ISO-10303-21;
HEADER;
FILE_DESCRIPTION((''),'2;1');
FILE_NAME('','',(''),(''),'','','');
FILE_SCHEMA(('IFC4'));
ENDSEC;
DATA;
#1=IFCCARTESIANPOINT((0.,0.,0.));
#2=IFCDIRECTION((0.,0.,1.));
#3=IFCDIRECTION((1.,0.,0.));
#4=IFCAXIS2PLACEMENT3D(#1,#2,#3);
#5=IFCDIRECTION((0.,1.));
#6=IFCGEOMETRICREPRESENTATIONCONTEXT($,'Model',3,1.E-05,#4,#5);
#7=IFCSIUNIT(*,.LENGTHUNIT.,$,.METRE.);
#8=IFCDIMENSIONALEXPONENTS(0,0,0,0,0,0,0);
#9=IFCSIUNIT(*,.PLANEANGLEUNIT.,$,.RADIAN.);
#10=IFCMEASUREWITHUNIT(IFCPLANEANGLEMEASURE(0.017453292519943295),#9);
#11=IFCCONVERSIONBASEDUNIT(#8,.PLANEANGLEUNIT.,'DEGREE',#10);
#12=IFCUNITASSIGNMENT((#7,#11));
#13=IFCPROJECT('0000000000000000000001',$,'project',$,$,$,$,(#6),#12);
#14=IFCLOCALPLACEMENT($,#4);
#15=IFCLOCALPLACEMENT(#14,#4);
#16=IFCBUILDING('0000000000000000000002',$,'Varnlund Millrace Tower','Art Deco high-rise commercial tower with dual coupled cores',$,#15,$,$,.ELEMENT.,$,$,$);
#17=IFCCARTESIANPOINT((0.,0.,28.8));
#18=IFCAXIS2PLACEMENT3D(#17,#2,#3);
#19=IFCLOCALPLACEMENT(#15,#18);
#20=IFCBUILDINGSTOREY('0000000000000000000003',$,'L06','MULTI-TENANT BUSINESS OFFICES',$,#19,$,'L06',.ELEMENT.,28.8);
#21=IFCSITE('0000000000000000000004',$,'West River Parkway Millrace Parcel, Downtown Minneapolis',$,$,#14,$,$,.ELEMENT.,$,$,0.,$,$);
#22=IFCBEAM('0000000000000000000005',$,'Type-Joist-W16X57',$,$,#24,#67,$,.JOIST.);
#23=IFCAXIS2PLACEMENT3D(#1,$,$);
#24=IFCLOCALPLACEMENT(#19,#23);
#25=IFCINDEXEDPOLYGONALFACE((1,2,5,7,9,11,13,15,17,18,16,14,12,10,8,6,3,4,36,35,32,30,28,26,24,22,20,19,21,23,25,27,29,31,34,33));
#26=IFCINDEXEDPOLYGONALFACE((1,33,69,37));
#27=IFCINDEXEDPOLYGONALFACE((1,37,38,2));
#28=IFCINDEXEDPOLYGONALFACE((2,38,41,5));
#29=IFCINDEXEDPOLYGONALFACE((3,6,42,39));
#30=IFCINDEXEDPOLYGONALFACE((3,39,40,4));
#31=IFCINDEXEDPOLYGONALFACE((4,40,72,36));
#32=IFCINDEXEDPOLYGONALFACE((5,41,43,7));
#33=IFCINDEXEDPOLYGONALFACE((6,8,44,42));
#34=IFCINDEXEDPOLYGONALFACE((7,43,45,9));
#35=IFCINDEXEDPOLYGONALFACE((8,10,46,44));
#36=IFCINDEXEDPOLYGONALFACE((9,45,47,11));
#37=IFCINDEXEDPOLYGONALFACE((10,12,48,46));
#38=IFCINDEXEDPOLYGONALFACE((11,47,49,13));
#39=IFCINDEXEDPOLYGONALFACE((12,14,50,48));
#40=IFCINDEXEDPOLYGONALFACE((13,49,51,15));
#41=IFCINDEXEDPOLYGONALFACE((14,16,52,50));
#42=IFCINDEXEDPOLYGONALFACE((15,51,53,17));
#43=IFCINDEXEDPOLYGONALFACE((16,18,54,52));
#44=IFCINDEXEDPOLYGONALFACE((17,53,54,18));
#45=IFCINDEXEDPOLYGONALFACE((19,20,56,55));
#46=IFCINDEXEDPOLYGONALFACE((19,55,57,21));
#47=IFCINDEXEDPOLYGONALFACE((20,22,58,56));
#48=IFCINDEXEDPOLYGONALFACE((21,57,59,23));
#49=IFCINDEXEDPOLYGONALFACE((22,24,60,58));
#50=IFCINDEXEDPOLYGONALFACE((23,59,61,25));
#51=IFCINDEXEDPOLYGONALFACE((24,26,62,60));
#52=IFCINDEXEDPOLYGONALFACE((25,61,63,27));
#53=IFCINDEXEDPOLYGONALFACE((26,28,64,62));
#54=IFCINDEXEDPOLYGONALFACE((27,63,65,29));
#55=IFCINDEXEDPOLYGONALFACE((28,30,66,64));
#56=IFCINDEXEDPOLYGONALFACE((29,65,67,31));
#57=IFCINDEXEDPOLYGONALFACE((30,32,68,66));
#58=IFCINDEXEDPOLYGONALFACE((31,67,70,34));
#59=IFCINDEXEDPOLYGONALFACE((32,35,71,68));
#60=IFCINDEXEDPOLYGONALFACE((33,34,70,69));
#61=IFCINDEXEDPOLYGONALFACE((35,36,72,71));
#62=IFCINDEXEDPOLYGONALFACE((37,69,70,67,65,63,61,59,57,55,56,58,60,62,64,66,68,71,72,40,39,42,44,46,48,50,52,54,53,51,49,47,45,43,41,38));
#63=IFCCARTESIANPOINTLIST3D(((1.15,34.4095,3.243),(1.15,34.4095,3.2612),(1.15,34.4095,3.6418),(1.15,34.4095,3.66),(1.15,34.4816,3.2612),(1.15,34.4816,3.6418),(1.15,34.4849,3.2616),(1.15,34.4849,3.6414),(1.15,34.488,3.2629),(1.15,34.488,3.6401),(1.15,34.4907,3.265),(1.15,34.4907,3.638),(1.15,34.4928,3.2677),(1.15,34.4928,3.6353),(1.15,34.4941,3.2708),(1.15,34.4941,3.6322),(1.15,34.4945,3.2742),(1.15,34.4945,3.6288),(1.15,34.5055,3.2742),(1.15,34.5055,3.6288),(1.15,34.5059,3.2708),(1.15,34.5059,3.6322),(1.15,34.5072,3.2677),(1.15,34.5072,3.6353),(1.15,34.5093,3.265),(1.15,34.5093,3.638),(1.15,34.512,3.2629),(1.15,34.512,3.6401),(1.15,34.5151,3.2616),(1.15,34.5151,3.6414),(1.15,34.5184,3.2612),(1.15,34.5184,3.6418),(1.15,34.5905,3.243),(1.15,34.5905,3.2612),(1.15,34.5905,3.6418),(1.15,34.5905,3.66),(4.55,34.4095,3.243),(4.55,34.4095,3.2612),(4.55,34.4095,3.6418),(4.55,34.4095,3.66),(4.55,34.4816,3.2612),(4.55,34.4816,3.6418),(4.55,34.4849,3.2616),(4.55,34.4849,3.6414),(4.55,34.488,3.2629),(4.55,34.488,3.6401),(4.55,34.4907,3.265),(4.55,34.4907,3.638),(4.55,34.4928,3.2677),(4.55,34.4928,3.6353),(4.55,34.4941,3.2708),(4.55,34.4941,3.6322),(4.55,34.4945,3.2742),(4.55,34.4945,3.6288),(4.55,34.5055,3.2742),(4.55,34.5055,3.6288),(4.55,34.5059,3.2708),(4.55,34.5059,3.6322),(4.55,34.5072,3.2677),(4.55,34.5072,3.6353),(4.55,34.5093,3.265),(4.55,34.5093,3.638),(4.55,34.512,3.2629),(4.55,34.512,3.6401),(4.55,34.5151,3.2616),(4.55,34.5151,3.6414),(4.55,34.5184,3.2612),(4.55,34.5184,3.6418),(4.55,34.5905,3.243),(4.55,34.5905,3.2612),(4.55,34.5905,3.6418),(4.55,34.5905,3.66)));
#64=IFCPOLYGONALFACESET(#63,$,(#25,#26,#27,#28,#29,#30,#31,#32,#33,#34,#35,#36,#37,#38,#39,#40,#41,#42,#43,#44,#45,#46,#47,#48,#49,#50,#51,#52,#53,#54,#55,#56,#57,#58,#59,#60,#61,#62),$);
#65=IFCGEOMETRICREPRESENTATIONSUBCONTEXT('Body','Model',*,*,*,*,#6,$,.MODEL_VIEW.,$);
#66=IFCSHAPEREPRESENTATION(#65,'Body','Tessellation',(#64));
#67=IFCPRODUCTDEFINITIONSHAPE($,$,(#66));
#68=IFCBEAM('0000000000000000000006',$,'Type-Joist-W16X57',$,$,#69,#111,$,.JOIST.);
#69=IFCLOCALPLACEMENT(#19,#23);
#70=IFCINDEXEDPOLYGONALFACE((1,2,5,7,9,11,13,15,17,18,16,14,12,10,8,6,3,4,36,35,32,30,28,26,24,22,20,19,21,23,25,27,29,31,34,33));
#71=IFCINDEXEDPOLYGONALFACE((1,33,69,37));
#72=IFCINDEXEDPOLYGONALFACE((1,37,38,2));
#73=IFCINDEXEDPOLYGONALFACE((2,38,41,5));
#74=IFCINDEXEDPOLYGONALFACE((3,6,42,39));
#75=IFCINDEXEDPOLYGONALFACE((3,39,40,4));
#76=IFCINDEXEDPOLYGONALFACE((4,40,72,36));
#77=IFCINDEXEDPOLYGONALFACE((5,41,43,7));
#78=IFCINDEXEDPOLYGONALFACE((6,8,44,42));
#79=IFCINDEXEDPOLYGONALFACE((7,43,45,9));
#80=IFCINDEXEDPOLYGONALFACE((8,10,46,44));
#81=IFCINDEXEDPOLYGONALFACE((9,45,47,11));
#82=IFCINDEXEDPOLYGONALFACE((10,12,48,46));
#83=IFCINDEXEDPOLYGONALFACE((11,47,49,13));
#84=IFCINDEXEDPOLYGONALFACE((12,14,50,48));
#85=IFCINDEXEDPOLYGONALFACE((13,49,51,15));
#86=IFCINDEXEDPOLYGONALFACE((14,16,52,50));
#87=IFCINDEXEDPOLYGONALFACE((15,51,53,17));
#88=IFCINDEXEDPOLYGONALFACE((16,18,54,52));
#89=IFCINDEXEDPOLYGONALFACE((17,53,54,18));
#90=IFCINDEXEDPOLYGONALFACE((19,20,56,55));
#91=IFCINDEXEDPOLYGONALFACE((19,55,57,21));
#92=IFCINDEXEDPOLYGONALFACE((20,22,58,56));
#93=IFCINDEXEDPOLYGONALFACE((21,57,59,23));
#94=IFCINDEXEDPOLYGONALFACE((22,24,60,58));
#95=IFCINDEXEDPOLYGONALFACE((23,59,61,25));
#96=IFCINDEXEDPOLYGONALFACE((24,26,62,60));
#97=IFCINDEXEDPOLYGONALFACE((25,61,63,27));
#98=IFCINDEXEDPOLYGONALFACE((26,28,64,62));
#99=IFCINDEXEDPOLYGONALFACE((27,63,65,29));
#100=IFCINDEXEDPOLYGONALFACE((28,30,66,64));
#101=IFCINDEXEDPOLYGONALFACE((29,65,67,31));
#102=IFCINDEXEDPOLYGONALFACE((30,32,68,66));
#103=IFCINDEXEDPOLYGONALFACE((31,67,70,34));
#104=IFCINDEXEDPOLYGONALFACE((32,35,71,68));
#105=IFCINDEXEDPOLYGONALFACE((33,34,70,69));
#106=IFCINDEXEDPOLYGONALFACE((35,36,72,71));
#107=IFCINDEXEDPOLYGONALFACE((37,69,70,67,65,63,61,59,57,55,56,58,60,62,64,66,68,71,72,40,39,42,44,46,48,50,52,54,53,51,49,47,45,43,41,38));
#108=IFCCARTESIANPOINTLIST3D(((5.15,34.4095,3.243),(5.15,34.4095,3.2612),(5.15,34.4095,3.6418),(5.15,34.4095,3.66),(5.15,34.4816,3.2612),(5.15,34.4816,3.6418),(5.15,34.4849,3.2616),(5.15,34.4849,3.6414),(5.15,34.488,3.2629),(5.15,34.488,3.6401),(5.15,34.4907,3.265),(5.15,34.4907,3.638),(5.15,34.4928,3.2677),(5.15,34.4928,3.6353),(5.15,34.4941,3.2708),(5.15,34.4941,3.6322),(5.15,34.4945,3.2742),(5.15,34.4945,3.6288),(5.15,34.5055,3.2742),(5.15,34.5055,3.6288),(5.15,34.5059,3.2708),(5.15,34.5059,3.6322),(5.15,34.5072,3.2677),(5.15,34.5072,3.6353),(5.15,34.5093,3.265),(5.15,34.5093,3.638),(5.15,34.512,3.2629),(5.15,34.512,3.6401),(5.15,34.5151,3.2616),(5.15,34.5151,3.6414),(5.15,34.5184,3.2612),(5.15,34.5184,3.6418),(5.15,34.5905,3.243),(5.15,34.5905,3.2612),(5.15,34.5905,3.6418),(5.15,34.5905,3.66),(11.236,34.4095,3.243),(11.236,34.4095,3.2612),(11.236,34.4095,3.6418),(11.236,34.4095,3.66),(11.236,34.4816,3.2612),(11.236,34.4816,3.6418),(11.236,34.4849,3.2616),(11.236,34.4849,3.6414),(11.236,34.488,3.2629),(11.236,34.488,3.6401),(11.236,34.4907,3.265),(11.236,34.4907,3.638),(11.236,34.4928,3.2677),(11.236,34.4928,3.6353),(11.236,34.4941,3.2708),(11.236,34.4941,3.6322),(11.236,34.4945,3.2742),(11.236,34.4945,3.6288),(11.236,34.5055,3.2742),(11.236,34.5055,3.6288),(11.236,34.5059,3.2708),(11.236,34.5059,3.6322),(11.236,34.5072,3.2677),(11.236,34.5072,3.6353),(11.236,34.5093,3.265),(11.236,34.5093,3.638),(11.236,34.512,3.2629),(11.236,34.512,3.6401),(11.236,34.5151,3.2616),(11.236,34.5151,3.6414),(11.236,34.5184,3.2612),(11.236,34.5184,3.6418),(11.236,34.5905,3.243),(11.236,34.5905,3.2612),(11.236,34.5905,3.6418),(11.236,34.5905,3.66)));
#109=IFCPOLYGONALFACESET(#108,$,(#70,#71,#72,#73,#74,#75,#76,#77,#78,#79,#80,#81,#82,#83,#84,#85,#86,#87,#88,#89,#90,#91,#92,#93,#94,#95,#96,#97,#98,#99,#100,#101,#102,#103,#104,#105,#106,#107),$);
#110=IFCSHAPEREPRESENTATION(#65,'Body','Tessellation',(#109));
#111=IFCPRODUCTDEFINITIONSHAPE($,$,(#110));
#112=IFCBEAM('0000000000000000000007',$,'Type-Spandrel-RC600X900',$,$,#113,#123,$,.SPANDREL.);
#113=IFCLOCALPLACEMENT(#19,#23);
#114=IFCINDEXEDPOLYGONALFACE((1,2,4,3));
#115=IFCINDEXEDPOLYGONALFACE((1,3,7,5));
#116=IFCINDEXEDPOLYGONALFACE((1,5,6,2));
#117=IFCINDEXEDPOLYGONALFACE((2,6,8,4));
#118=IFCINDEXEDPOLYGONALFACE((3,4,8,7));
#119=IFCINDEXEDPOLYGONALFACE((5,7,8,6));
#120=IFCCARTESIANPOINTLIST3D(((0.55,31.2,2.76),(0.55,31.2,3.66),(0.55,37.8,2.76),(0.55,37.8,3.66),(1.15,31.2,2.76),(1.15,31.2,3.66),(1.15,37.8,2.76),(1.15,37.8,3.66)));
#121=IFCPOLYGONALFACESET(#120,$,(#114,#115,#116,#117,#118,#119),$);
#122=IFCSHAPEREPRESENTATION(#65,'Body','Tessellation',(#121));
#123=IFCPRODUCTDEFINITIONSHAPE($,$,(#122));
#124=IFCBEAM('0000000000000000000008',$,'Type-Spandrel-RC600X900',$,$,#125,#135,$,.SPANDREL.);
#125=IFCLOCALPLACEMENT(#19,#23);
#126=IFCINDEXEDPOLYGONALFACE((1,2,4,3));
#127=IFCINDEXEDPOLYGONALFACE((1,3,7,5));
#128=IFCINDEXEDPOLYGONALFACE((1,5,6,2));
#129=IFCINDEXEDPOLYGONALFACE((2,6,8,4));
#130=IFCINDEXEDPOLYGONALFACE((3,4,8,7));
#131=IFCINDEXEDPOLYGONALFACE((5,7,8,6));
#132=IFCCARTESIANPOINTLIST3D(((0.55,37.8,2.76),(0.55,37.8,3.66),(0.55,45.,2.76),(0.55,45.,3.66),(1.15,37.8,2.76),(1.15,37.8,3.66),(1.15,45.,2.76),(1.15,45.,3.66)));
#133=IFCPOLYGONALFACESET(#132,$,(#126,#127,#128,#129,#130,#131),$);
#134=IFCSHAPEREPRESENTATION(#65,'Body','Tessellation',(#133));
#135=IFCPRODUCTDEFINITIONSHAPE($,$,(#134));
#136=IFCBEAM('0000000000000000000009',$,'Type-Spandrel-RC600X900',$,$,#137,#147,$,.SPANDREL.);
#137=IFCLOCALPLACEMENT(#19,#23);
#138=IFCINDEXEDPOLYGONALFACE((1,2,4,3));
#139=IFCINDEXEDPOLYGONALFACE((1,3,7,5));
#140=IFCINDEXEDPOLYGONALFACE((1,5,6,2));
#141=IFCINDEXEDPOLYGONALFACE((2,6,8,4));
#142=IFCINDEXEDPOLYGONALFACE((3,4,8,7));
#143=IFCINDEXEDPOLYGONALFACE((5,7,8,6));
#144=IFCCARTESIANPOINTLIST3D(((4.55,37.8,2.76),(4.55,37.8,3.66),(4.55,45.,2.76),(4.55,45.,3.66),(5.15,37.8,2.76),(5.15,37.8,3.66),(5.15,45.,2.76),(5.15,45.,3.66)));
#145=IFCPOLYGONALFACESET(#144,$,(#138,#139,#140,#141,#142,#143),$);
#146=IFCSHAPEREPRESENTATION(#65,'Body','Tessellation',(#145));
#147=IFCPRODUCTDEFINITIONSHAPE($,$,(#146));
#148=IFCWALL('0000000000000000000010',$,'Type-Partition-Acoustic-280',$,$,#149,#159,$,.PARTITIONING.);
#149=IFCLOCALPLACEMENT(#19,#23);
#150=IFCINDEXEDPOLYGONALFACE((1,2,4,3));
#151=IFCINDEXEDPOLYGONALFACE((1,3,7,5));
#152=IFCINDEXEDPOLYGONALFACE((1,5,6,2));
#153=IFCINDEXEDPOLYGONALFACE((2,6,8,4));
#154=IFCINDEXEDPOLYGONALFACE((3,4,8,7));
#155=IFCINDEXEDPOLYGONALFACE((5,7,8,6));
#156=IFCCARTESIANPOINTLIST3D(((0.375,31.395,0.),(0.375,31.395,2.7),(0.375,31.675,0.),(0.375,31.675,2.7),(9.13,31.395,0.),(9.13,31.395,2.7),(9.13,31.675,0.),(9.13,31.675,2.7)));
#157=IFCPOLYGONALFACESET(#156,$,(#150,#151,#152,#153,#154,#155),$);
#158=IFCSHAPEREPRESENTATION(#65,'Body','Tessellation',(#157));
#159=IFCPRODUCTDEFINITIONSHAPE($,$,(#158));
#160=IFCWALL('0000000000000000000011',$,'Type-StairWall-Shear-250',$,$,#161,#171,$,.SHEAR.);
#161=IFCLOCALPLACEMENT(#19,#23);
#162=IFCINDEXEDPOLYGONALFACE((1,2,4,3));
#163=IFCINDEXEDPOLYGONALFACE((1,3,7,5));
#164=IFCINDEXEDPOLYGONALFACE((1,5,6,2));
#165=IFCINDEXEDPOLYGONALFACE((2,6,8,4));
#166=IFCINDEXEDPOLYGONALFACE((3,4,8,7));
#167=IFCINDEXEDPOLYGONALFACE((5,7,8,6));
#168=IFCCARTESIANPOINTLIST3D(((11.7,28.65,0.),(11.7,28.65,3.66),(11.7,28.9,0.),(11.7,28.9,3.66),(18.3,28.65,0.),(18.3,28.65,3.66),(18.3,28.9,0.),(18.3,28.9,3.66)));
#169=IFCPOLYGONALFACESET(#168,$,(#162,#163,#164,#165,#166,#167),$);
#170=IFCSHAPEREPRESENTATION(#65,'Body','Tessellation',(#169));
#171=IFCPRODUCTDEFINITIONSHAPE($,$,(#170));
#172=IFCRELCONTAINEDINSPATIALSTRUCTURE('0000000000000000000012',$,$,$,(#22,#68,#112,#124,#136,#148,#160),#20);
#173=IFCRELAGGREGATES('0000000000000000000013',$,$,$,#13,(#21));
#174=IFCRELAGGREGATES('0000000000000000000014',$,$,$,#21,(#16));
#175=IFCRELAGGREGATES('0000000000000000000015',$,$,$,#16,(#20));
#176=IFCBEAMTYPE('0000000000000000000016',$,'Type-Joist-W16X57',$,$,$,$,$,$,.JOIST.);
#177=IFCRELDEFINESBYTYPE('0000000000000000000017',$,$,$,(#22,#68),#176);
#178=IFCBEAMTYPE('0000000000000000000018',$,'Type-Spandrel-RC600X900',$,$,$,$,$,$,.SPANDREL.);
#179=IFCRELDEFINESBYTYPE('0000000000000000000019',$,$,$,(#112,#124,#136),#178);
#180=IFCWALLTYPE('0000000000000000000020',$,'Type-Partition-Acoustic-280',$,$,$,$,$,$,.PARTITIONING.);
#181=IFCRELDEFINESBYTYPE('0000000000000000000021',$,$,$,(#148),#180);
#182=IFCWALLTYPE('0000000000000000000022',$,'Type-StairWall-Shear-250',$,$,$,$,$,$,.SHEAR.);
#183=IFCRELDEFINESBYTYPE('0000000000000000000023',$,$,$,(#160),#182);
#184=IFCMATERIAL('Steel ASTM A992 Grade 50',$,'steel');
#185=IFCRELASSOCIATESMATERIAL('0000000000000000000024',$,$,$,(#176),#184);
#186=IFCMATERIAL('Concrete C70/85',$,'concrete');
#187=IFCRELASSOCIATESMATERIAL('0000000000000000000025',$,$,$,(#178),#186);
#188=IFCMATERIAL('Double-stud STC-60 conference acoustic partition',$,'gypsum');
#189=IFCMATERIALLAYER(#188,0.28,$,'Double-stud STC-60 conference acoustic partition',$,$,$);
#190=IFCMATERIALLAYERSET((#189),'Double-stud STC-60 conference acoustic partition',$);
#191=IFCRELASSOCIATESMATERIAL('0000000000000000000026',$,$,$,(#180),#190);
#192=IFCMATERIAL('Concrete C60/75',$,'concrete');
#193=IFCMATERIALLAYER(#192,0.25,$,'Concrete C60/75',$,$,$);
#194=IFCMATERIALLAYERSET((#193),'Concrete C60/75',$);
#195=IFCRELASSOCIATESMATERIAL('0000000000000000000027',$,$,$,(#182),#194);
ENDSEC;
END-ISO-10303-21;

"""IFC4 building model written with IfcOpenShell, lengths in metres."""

from ifc_helpers import new_model, entity, si_unit, converted_unit, direction, frame, origin_with_axes, origin_2d_with_axis, place, context, subcontext, project, spatial, polyline, rectangle, i_section, outline, extrude, material, layer, layer_set, material_profile, profile_set, type_object, element, save


model = new_model("IFC4")

# Units and contexts
model_context = context("Model", 3, precision=1e-05, world=origin_with_axes(), true_north=direction((0.0, 1.0)))
body_context = subcontext(model_context, "Body", "Model", "MODEL_VIEW")
ifc_project = project(units=[si_unit("LENGTHUNIT", "METRE"), converted_unit("PLANEANGLEUNIT", "DEGREE", entity("IfcPlaneAngleMeasure", 0.017453292519943295), si_unit("PLANEANGLEUNIT", "RADIAN"), dimensions=[0, 0, 0, 0, 0, 0, 0])], contexts=[model_context])

# Site, building, storey
site_placement = place(None, origin_with_axes())
site = spatial("IfcSite", under=ifc_project, at=site_placement, Name="West River Parkway Millrace Parcel, Downtown Minneapolis", CompositionType="ELEMENT", RefElevation=0.0)
building_placement = place(site_placement, origin_with_axes())
building = spatial("IfcBuilding", under=site, at=building_placement, Name="Varnlund Millrace Tower", Description="Art Deco high-rise commercial tower with dual coupled cores", CompositionType="ELEMENT")
storey_placement = place(building_placement, frame((0.0, 0.0, 28.8), z_axis=(0.0, 0.0, 1.0), x_axis=(1.0, 0.0, 0.0)))
storey = spatial("IfcBuildingStorey", under=building, at=storey_placement, Name="L06", Description="MULTI-TENANT BUSINESS OFFICES", LongName="L06", CompositionType="ELEMENT", Elevation=28.8)

# Beams
ifc_material_1 = material(Name="Steel ASTM A992 Grade 50", Category="steel")
ifc_material_profile_1 = material_profile(ifc_material_1, i_section(OverallWidth=0.181, OverallDepth=0.417, WebThickness=0.0109, FlangeThickness=0.0182, FilletRadius=0.013, at=origin_2d_with_axis()), Name="Steel ASTM A992 Grade 50")
ifc_profile_set_1 = profile_set([ifc_material_profile_1], Name="Steel ASTM A992 Grade 50")
beam_type_1 = type_object("IfcBeamType", Name="Type-Joist-W16X57", PredefinedType="JOIST", material=ifc_profile_set_1)
beam_1_placement = place(storey_placement, frame((1.15, 34.5, 3.4515), z_axis=(1.0, 0.0, 0.0), x_axis=(0.0, 1.0, 0.0)))
element("IfcBeam", 1, at=beam_1_placement, inside=storey, type_object=beam_type_1, Name="Type-Joist-W16X57", PredefinedType="JOIST", context=body_context, shape_type="SweptSolid", body=[
    extrude(i_section(OverallWidth=0.181, OverallDepth=0.417, WebThickness=0.0109, FlangeThickness=0.0182, FilletRadius=0.013, at=origin_2d_with_axis()), origin_with_axes(), (0.0, 0.0, 1.0), 3.4),
])
beam_2_placement = place(storey_placement, frame((5.15, 34.5, 3.4515), z_axis=(1.0, 0.0, 0.0), x_axis=(0.0, 1.0, 0.0)))
element("IfcBeam", 2, at=beam_2_placement, inside=storey, type_object=beam_type_1, Name="Type-Joist-W16X57", PredefinedType="JOIST", context=body_context, shape_type="SweptSolid", body=[
    extrude(i_section(OverallWidth=0.181, OverallDepth=0.417, WebThickness=0.0109, FlangeThickness=0.0182, FilletRadius=0.013, at=origin_2d_with_axis()), origin_with_axes(), (0.0, 0.0, 1.0), 6.086),
])
ifc_material_2 = material(Name="Concrete C70/85", Category="concrete")
ifc_material_profile_2 = material_profile(ifc_material_2, rectangle(XDim=0.6, YDim=0.9, at=origin_2d_with_axis()), Name="Concrete C70/85")
ifc_profile_set_2 = profile_set([ifc_material_profile_2], Name="Concrete C70/85")
beam_type_2 = type_object("IfcBeamType", Name="Type-Spandrel-RC600X900", PredefinedType="SPANDREL", material=ifc_profile_set_2)
beam_3_placement = place(storey_placement, frame((0.85, 31.2, 3.21), z_axis=(0.0, 1.0, 0.0), x_axis=(-1.0, 0.0, 0.0)))
element("IfcBeam", 3, at=beam_3_placement, inside=storey, type_object=beam_type_2, Name="Type-Spandrel-RC600X900", PredefinedType="SPANDREL", context=body_context, shape_type="SweptSolid", body=[
    extrude(rectangle(XDim=0.6, YDim=0.9, at=origin_2d_with_axis()), origin_with_axes(), (0.0, 0.0, 1.0), 6.6),
])
for number, where, z_axis, x_axis, name in (
    (4, (0.85, 37.8, 3.21), (0.0, 1.0, 0.0), (-1.0, 0.0, 0.0), "Type-Spandrel-RC600X900"),
    (5, (4.85, 37.8, 3.21), (0.0, 1.0, 0.0), (-1.0, 0.0, 0.0), "Type-Spandrel-RC600X900"),
):
    element("IfcBeam", number, at=place(storey_placement, frame(where, z_axis=z_axis, x_axis=x_axis)), inside=storey, type_object=beam_type_2, Name=name, PredefinedType="SPANDREL", context=body_context, shape_type="SweptSolid", body=[
        extrude(rectangle(XDim=0.6, YDim=0.9, at=origin_2d_with_axis()), origin_with_axes(), (0.0, 0.0, 1.0), 7.2),
    ])

# Walls
ifc_material_3 = material(Name="Double-stud STC-60 conference acoustic partition", Category="gypsum")
ifc_layer_1 = layer(ifc_material_3, 0.28, Name="Double-stud STC-60 conference acoustic partition")
ifc_layer_set_1 = layer_set([ifc_layer_1], Name="Double-stud STC-60 conference acoustic partition")
wall_type_1 = type_object("IfcWallType", Name="Type-Partition-Acoustic-280", PredefinedType="PARTITIONING", material=ifc_layer_set_1)
wall_1_placement = place(storey_placement, frame((0.375, 31.535, 0.0), z_axis=(0.0, 0.0, 1.0), x_axis=(1.0, 0.0, 0.0)))
element("IfcWall", 6, at=wall_1_placement, inside=storey, type_object=wall_type_1, Name="Type-Partition-Acoustic-280", PredefinedType="PARTITIONING", context=body_context, shape_type="SweptSolid", body=[
    extrude(outline(polyline([(0.0, -0.14), (8.755, -0.14), (8.755, 0.14), (0.0, 0.14), (0.0, -0.14)])), origin_with_axes(), (0.0, 0.0, 1.0), 2.7),
])
ifc_material_4 = material(Name="Concrete C60/75", Category="concrete")
ifc_layer_2 = layer(ifc_material_4, 0.25, Name="Concrete C60/75")
ifc_layer_set_2 = layer_set([ifc_layer_2], Name="Concrete C60/75")
wall_type_2 = type_object("IfcWallType", Name="Type-StairWall-Shear-250", PredefinedType="SHEAR", material=ifc_layer_set_2)
wall_2_placement = place(storey_placement, frame((11.7, 28.775, 0.0), z_axis=(0.0, 0.0, 1.0), x_axis=(1.0, 0.0, 0.0)))
element("IfcWall", 7, at=wall_2_placement, inside=storey, type_object=wall_type_2, Name="Type-StairWall-Shear-250", PredefinedType="SHEAR", context=body_context, shape_type="SweptSolid", body=[
    extrude(outline(polyline([(0.0, -0.125), (6.6, -0.125), (6.6, 0.125), (0.0, 0.125), (0.0, -0.125)])), origin_with_axes(), (0.0, 0.0, 1.0), 3.66),
])

save(model, "model.ifc")
